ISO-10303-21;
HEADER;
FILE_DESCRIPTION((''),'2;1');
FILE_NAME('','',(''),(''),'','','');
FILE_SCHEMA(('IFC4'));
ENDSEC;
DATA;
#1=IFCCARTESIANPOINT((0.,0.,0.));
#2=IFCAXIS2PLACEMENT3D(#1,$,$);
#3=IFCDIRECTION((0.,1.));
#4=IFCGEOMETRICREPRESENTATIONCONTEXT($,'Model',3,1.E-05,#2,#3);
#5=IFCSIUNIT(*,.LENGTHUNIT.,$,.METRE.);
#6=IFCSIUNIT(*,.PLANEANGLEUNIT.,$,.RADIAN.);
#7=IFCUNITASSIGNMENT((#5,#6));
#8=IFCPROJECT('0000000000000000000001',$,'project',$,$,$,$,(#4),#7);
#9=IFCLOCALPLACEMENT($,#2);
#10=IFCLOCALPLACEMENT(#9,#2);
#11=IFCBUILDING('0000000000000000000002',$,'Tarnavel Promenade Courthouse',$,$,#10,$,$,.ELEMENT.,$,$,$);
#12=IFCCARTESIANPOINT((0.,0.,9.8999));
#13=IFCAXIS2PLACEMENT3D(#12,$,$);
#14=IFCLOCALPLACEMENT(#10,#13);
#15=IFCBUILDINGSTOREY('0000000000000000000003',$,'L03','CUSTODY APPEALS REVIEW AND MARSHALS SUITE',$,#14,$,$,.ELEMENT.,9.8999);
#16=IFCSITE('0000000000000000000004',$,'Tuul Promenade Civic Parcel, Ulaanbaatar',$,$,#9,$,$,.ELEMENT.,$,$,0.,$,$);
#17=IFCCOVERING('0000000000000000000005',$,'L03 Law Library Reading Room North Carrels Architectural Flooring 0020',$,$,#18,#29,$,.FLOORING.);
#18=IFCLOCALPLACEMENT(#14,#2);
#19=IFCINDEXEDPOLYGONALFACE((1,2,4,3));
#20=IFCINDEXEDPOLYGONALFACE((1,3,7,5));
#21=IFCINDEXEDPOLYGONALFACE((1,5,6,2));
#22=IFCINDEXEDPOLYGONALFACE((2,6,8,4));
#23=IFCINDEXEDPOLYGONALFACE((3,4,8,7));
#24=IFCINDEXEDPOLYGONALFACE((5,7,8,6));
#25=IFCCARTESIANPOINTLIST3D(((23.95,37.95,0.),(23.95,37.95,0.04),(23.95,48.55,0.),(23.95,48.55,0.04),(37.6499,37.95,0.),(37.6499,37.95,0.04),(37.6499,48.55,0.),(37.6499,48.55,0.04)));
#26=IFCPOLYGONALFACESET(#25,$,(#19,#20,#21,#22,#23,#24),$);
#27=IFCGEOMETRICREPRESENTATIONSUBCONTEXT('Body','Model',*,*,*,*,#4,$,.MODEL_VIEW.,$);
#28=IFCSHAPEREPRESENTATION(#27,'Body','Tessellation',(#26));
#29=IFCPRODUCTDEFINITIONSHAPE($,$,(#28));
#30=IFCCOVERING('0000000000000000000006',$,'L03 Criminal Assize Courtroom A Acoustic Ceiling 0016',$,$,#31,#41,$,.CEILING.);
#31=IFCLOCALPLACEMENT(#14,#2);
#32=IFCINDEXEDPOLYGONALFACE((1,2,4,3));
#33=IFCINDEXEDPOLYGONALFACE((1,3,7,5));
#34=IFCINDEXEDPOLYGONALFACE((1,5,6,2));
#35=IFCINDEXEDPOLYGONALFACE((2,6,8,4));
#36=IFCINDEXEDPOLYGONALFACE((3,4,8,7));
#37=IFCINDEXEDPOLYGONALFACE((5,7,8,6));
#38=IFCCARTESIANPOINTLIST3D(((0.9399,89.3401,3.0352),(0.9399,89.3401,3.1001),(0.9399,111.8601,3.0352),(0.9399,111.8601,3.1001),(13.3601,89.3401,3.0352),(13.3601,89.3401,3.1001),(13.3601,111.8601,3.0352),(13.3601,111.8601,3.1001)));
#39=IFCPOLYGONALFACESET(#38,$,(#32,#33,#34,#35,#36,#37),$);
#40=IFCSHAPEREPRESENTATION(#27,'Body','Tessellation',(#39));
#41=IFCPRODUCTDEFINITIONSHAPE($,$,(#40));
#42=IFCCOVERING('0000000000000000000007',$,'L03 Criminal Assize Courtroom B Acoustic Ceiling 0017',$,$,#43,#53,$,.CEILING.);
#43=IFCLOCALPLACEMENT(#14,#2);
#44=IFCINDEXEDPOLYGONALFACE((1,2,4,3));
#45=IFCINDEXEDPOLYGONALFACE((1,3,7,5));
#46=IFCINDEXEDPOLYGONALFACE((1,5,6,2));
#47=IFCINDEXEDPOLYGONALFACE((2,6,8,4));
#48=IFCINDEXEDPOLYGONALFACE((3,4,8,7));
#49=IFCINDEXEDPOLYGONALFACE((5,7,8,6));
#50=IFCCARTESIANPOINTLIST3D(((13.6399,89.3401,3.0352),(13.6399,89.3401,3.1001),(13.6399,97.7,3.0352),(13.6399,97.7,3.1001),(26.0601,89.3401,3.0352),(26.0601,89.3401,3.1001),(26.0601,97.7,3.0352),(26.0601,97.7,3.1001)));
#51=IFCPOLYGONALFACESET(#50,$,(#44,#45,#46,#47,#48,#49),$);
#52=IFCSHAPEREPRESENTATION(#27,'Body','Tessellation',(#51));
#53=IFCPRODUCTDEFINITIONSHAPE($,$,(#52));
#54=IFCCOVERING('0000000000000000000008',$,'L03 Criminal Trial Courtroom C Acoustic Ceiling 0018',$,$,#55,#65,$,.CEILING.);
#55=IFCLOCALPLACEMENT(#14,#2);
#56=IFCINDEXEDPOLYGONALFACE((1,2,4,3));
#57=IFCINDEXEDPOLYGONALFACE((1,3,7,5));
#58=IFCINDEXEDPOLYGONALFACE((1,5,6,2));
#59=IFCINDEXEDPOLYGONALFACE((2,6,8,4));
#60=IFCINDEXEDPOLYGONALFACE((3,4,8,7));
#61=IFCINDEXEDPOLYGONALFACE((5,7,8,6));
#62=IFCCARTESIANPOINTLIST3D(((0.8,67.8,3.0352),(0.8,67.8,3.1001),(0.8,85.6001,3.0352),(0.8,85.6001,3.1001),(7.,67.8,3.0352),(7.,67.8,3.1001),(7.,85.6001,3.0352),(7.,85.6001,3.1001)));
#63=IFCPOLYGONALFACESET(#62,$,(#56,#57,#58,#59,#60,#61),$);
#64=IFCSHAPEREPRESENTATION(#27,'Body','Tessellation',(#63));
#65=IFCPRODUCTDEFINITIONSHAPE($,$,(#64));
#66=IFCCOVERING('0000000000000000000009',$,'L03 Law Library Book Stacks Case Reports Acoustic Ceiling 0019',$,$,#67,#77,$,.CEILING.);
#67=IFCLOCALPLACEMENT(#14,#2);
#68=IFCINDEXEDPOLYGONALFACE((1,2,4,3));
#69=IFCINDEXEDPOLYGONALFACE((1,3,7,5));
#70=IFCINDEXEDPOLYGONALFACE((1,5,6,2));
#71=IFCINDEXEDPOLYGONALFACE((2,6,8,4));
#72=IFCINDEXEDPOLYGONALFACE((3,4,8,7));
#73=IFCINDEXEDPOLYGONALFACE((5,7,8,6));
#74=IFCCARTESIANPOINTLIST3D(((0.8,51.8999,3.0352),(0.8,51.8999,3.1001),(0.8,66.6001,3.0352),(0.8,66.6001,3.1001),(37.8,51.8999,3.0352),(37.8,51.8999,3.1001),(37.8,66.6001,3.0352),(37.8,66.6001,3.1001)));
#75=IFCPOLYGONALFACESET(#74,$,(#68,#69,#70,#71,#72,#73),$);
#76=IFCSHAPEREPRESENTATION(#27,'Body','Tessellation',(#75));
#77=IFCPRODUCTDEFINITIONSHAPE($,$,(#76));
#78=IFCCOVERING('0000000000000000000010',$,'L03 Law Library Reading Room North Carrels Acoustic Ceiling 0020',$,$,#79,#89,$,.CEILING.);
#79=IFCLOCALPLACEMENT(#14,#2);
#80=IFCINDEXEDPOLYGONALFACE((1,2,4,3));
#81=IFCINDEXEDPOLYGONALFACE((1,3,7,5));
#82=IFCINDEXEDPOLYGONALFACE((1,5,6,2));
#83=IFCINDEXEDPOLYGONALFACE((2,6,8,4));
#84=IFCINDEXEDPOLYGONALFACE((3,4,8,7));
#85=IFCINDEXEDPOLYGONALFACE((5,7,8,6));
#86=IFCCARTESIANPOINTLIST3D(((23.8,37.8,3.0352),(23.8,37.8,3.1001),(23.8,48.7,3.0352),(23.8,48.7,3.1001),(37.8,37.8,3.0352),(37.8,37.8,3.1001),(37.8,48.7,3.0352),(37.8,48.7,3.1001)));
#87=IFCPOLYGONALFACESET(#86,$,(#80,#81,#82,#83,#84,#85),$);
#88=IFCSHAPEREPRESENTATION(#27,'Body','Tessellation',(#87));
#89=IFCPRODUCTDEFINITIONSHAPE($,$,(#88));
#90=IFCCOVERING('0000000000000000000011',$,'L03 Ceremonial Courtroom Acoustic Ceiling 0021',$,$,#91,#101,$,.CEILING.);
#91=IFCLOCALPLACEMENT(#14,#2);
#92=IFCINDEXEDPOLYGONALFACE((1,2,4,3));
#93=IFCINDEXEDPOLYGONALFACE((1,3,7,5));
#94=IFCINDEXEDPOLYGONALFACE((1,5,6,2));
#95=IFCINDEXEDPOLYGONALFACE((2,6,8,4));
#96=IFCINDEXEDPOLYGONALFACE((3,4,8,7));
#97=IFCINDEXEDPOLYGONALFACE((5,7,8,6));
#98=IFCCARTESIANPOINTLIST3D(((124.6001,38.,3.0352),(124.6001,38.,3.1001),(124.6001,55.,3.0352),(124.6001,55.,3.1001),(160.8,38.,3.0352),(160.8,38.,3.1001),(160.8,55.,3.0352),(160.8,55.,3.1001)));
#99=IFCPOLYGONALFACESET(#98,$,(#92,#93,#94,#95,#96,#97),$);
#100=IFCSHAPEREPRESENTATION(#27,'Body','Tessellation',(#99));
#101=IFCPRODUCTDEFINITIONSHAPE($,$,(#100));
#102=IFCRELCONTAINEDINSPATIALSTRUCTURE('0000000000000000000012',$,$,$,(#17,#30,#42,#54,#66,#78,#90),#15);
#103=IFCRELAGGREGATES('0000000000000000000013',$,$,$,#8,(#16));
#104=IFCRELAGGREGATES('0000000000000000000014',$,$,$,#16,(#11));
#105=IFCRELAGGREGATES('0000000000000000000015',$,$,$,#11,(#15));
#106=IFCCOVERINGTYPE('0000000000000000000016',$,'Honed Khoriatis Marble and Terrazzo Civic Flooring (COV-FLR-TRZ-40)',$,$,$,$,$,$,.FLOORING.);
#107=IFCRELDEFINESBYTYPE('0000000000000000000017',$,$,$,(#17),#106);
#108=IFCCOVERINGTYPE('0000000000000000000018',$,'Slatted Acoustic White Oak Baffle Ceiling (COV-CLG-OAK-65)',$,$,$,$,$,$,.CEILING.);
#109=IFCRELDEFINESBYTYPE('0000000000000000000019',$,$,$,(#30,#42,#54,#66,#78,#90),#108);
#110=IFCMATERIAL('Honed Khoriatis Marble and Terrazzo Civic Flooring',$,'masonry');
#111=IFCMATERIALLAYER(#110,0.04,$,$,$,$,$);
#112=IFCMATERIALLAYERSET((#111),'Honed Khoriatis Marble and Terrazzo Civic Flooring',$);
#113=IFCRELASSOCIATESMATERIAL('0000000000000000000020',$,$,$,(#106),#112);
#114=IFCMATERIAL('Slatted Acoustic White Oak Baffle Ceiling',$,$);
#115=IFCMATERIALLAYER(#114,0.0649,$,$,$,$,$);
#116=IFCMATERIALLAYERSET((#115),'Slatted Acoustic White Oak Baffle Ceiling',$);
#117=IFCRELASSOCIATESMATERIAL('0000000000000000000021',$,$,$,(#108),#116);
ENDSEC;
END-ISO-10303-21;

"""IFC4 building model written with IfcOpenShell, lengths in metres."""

from ifc_helpers import new_model, si_unit, direction, frame, origin, place, context, subcontext, project, spatial, polyline, outline, extrude, material, layer, layer_set, type_object, element, save


model = new_model("IFC4")

# Units and contexts
model_context = context("Model", 3, precision=1e-05, world=origin(), true_north=direction((0.0, 1.0)))
body_context = subcontext(model_context, "Body", "Model", "MODEL_VIEW")
ifc_project = project(units=[si_unit("LENGTHUNIT", "METRE"), si_unit("PLANEANGLEUNIT", "RADIAN")], contexts=[model_context])

# Site, building, storey
site_placement = place(None, origin())
site = spatial("IfcSite", under=ifc_project, at=site_placement, Name="Tuul Promenade Civic Parcel, Ulaanbaatar", CompositionType="ELEMENT", RefElevation=0.0)
building_placement = place(site_placement, origin())
building = spatial("IfcBuilding", under=site, at=building_placement, Name="Tarnavel Promenade Courthouse", CompositionType="ELEMENT")
storey_placement = place(building_placement, frame((0.0, 0.0, 9.8999)))
storey = spatial("IfcBuildingStorey", under=building, at=storey_placement, Name="L03", Description="CUSTODY APPEALS REVIEW AND MARSHALS SUITE", CompositionType="ELEMENT", Elevation=9.8999)

# Coverings
ifc_material_1 = material(Name="Honed Khoriatis Marble and Terrazzo Civic Flooring", Category="masonry")
ifc_layer_1 = layer(ifc_material_1, 0.04)
ifc_layer_set_1 = layer_set([ifc_layer_1], Name="Honed Khoriatis Marble and Terrazzo Civic Flooring")
covering_type_1 = type_object("IfcCoveringType", Name="Honed Khoriatis Marble and Terrazzo Civic Flooring (COV-FLR-TRZ-40)", PredefinedType="FLOORING", material=ifc_layer_set_1)
covering_1_placement = place(storey_placement, origin())
element("IfcCovering", 1, at=covering_1_placement, inside=storey, type_object=covering_type_1, Name="L03 Law Library Reading Room North Carrels Architectural Flooring 0020", PredefinedType="FLOORING", context=body_context, shape_type="SweptSolid", body=[
    extrude(outline(polyline([(23.95, 37.95), (37.6499, 37.95), (37.6499, 48.55), (23.95, 48.55), (23.95, 37.95)])), origin(), (0.0, 0.0, 1.0), 0.04),
])
ifc_material_2 = material(Name="Slatted Acoustic White Oak Baffle Ceiling")
ifc_layer_2 = layer(ifc_material_2, 0.0649)
ifc_layer_set_2 = layer_set([ifc_layer_2], Name="Slatted Acoustic White Oak Baffle Ceiling")
covering_type_2 = type_object("IfcCoveringType", Name="Slatted Acoustic White Oak Baffle Ceiling (COV-CLG-OAK-65)", PredefinedType="CEILING", material=ifc_layer_set_2)
covering_2_placement = place(storey_placement, frame((0.0, 0.0, 3.0352)))
element("IfcCovering", 2, at=covering_2_placement, inside=storey, type_object=covering_type_2, Name="L03 Criminal Assize Courtroom A Acoustic Ceiling 0016", PredefinedType="CEILING", context=body_context, shape_type="SweptSolid", body=[
    extrude(outline(polyline([(0.9399, 89.3401), (13.3601, 89.3401), (13.3601, 111.8601), (0.9399, 111.8601), (0.9399, 89.3401)])), origin(), (0.0, 0.0, 1.0), 0.0649),
])
covering_3_placement = place(storey_placement, frame((0.0, 0.0, 3.0352)))
element("IfcCovering", 3, at=covering_3_placement, inside=storey, type_object=covering_type_2, Name="L03 Criminal Assize Courtroom B Acoustic Ceiling 0017", PredefinedType="CEILING", context=body_context, shape_type="SweptSolid", body=[
    extrude(outline(polyline([(13.6399, 89.3401), (26.0601, 89.3401), (26.0601, 97.7), (13.6399, 97.7), (13.6399, 89.3401)])), origin(), (0.0, 0.0, 1.0), 0.0649),
])
covering_4_placement = place(storey_placement, frame((0.0, 0.0, 3.0352)))
element("IfcCovering", 4, at=covering_4_placement, inside=storey, type_object=covering_type_2, Name="L03 Criminal Trial Courtroom C Acoustic Ceiling 0018", PredefinedType="CEILING", context=body_context, shape_type="SweptSolid", body=[
    extrude(outline(polyline([(0.8, 67.8), (7.0, 67.8), (7.0, 85.6001), (0.8, 85.6001), (0.8, 67.8)])), origin(), (0.0, 0.0, 1.0), 0.0649),
])
covering_5_placement = place(storey_placement, frame((0.0, 0.0, 3.0352)))
element("IfcCovering", 5, at=covering_5_placement, inside=storey, type_object=covering_type_2, Name="L03 Law Library Book Stacks Case Reports Acoustic Ceiling 0019", PredefinedType="CEILING", context=body_context, shape_type="SweptSolid", body=[
    extrude(outline(polyline([(0.8, 51.8999), (37.8, 51.8999), (37.8, 66.6001), (0.8, 66.6001), (0.8, 51.8999)])), origin(), (0.0, 0.0, 1.0), 0.0649),
])
covering_6_placement = place(storey_placement, frame((0.0, 0.0, 3.0352)))
element("IfcCovering", 6, at=covering_6_placement, inside=storey, type_object=covering_type_2, Name="L03 Law Library Reading Room North Carrels Acoustic Ceiling 0020", PredefinedType="CEILING", context=body_context, shape_type="SweptSolid", body=[
    extrude(outline(polyline([(23.8, 37.8), (37.8, 37.8), (37.8, 48.7), (23.8, 48.7), (23.8, 37.8)])), origin(), (0.0, 0.0, 1.0), 0.0649),
])
covering_7_placement = place(storey_placement, frame((0.0, 0.0, 3.0352)))
element("IfcCovering", 7, at=covering_7_placement, inside=storey, type_object=covering_type_2, Name="L03 Ceremonial Courtroom Acoustic Ceiling 0021", PredefinedType="CEILING", context=body_context, shape_type="SweptSolid", body=[
    extrude(outline(polyline([(124.6001, 38.0), (160.8, 38.0), (160.8, 55.0), (124.6001, 55.0), (124.6001, 38.0)])), origin(), (0.0, 0.0, 1.0), 0.0649),
])

save(model, "model.ifc")
